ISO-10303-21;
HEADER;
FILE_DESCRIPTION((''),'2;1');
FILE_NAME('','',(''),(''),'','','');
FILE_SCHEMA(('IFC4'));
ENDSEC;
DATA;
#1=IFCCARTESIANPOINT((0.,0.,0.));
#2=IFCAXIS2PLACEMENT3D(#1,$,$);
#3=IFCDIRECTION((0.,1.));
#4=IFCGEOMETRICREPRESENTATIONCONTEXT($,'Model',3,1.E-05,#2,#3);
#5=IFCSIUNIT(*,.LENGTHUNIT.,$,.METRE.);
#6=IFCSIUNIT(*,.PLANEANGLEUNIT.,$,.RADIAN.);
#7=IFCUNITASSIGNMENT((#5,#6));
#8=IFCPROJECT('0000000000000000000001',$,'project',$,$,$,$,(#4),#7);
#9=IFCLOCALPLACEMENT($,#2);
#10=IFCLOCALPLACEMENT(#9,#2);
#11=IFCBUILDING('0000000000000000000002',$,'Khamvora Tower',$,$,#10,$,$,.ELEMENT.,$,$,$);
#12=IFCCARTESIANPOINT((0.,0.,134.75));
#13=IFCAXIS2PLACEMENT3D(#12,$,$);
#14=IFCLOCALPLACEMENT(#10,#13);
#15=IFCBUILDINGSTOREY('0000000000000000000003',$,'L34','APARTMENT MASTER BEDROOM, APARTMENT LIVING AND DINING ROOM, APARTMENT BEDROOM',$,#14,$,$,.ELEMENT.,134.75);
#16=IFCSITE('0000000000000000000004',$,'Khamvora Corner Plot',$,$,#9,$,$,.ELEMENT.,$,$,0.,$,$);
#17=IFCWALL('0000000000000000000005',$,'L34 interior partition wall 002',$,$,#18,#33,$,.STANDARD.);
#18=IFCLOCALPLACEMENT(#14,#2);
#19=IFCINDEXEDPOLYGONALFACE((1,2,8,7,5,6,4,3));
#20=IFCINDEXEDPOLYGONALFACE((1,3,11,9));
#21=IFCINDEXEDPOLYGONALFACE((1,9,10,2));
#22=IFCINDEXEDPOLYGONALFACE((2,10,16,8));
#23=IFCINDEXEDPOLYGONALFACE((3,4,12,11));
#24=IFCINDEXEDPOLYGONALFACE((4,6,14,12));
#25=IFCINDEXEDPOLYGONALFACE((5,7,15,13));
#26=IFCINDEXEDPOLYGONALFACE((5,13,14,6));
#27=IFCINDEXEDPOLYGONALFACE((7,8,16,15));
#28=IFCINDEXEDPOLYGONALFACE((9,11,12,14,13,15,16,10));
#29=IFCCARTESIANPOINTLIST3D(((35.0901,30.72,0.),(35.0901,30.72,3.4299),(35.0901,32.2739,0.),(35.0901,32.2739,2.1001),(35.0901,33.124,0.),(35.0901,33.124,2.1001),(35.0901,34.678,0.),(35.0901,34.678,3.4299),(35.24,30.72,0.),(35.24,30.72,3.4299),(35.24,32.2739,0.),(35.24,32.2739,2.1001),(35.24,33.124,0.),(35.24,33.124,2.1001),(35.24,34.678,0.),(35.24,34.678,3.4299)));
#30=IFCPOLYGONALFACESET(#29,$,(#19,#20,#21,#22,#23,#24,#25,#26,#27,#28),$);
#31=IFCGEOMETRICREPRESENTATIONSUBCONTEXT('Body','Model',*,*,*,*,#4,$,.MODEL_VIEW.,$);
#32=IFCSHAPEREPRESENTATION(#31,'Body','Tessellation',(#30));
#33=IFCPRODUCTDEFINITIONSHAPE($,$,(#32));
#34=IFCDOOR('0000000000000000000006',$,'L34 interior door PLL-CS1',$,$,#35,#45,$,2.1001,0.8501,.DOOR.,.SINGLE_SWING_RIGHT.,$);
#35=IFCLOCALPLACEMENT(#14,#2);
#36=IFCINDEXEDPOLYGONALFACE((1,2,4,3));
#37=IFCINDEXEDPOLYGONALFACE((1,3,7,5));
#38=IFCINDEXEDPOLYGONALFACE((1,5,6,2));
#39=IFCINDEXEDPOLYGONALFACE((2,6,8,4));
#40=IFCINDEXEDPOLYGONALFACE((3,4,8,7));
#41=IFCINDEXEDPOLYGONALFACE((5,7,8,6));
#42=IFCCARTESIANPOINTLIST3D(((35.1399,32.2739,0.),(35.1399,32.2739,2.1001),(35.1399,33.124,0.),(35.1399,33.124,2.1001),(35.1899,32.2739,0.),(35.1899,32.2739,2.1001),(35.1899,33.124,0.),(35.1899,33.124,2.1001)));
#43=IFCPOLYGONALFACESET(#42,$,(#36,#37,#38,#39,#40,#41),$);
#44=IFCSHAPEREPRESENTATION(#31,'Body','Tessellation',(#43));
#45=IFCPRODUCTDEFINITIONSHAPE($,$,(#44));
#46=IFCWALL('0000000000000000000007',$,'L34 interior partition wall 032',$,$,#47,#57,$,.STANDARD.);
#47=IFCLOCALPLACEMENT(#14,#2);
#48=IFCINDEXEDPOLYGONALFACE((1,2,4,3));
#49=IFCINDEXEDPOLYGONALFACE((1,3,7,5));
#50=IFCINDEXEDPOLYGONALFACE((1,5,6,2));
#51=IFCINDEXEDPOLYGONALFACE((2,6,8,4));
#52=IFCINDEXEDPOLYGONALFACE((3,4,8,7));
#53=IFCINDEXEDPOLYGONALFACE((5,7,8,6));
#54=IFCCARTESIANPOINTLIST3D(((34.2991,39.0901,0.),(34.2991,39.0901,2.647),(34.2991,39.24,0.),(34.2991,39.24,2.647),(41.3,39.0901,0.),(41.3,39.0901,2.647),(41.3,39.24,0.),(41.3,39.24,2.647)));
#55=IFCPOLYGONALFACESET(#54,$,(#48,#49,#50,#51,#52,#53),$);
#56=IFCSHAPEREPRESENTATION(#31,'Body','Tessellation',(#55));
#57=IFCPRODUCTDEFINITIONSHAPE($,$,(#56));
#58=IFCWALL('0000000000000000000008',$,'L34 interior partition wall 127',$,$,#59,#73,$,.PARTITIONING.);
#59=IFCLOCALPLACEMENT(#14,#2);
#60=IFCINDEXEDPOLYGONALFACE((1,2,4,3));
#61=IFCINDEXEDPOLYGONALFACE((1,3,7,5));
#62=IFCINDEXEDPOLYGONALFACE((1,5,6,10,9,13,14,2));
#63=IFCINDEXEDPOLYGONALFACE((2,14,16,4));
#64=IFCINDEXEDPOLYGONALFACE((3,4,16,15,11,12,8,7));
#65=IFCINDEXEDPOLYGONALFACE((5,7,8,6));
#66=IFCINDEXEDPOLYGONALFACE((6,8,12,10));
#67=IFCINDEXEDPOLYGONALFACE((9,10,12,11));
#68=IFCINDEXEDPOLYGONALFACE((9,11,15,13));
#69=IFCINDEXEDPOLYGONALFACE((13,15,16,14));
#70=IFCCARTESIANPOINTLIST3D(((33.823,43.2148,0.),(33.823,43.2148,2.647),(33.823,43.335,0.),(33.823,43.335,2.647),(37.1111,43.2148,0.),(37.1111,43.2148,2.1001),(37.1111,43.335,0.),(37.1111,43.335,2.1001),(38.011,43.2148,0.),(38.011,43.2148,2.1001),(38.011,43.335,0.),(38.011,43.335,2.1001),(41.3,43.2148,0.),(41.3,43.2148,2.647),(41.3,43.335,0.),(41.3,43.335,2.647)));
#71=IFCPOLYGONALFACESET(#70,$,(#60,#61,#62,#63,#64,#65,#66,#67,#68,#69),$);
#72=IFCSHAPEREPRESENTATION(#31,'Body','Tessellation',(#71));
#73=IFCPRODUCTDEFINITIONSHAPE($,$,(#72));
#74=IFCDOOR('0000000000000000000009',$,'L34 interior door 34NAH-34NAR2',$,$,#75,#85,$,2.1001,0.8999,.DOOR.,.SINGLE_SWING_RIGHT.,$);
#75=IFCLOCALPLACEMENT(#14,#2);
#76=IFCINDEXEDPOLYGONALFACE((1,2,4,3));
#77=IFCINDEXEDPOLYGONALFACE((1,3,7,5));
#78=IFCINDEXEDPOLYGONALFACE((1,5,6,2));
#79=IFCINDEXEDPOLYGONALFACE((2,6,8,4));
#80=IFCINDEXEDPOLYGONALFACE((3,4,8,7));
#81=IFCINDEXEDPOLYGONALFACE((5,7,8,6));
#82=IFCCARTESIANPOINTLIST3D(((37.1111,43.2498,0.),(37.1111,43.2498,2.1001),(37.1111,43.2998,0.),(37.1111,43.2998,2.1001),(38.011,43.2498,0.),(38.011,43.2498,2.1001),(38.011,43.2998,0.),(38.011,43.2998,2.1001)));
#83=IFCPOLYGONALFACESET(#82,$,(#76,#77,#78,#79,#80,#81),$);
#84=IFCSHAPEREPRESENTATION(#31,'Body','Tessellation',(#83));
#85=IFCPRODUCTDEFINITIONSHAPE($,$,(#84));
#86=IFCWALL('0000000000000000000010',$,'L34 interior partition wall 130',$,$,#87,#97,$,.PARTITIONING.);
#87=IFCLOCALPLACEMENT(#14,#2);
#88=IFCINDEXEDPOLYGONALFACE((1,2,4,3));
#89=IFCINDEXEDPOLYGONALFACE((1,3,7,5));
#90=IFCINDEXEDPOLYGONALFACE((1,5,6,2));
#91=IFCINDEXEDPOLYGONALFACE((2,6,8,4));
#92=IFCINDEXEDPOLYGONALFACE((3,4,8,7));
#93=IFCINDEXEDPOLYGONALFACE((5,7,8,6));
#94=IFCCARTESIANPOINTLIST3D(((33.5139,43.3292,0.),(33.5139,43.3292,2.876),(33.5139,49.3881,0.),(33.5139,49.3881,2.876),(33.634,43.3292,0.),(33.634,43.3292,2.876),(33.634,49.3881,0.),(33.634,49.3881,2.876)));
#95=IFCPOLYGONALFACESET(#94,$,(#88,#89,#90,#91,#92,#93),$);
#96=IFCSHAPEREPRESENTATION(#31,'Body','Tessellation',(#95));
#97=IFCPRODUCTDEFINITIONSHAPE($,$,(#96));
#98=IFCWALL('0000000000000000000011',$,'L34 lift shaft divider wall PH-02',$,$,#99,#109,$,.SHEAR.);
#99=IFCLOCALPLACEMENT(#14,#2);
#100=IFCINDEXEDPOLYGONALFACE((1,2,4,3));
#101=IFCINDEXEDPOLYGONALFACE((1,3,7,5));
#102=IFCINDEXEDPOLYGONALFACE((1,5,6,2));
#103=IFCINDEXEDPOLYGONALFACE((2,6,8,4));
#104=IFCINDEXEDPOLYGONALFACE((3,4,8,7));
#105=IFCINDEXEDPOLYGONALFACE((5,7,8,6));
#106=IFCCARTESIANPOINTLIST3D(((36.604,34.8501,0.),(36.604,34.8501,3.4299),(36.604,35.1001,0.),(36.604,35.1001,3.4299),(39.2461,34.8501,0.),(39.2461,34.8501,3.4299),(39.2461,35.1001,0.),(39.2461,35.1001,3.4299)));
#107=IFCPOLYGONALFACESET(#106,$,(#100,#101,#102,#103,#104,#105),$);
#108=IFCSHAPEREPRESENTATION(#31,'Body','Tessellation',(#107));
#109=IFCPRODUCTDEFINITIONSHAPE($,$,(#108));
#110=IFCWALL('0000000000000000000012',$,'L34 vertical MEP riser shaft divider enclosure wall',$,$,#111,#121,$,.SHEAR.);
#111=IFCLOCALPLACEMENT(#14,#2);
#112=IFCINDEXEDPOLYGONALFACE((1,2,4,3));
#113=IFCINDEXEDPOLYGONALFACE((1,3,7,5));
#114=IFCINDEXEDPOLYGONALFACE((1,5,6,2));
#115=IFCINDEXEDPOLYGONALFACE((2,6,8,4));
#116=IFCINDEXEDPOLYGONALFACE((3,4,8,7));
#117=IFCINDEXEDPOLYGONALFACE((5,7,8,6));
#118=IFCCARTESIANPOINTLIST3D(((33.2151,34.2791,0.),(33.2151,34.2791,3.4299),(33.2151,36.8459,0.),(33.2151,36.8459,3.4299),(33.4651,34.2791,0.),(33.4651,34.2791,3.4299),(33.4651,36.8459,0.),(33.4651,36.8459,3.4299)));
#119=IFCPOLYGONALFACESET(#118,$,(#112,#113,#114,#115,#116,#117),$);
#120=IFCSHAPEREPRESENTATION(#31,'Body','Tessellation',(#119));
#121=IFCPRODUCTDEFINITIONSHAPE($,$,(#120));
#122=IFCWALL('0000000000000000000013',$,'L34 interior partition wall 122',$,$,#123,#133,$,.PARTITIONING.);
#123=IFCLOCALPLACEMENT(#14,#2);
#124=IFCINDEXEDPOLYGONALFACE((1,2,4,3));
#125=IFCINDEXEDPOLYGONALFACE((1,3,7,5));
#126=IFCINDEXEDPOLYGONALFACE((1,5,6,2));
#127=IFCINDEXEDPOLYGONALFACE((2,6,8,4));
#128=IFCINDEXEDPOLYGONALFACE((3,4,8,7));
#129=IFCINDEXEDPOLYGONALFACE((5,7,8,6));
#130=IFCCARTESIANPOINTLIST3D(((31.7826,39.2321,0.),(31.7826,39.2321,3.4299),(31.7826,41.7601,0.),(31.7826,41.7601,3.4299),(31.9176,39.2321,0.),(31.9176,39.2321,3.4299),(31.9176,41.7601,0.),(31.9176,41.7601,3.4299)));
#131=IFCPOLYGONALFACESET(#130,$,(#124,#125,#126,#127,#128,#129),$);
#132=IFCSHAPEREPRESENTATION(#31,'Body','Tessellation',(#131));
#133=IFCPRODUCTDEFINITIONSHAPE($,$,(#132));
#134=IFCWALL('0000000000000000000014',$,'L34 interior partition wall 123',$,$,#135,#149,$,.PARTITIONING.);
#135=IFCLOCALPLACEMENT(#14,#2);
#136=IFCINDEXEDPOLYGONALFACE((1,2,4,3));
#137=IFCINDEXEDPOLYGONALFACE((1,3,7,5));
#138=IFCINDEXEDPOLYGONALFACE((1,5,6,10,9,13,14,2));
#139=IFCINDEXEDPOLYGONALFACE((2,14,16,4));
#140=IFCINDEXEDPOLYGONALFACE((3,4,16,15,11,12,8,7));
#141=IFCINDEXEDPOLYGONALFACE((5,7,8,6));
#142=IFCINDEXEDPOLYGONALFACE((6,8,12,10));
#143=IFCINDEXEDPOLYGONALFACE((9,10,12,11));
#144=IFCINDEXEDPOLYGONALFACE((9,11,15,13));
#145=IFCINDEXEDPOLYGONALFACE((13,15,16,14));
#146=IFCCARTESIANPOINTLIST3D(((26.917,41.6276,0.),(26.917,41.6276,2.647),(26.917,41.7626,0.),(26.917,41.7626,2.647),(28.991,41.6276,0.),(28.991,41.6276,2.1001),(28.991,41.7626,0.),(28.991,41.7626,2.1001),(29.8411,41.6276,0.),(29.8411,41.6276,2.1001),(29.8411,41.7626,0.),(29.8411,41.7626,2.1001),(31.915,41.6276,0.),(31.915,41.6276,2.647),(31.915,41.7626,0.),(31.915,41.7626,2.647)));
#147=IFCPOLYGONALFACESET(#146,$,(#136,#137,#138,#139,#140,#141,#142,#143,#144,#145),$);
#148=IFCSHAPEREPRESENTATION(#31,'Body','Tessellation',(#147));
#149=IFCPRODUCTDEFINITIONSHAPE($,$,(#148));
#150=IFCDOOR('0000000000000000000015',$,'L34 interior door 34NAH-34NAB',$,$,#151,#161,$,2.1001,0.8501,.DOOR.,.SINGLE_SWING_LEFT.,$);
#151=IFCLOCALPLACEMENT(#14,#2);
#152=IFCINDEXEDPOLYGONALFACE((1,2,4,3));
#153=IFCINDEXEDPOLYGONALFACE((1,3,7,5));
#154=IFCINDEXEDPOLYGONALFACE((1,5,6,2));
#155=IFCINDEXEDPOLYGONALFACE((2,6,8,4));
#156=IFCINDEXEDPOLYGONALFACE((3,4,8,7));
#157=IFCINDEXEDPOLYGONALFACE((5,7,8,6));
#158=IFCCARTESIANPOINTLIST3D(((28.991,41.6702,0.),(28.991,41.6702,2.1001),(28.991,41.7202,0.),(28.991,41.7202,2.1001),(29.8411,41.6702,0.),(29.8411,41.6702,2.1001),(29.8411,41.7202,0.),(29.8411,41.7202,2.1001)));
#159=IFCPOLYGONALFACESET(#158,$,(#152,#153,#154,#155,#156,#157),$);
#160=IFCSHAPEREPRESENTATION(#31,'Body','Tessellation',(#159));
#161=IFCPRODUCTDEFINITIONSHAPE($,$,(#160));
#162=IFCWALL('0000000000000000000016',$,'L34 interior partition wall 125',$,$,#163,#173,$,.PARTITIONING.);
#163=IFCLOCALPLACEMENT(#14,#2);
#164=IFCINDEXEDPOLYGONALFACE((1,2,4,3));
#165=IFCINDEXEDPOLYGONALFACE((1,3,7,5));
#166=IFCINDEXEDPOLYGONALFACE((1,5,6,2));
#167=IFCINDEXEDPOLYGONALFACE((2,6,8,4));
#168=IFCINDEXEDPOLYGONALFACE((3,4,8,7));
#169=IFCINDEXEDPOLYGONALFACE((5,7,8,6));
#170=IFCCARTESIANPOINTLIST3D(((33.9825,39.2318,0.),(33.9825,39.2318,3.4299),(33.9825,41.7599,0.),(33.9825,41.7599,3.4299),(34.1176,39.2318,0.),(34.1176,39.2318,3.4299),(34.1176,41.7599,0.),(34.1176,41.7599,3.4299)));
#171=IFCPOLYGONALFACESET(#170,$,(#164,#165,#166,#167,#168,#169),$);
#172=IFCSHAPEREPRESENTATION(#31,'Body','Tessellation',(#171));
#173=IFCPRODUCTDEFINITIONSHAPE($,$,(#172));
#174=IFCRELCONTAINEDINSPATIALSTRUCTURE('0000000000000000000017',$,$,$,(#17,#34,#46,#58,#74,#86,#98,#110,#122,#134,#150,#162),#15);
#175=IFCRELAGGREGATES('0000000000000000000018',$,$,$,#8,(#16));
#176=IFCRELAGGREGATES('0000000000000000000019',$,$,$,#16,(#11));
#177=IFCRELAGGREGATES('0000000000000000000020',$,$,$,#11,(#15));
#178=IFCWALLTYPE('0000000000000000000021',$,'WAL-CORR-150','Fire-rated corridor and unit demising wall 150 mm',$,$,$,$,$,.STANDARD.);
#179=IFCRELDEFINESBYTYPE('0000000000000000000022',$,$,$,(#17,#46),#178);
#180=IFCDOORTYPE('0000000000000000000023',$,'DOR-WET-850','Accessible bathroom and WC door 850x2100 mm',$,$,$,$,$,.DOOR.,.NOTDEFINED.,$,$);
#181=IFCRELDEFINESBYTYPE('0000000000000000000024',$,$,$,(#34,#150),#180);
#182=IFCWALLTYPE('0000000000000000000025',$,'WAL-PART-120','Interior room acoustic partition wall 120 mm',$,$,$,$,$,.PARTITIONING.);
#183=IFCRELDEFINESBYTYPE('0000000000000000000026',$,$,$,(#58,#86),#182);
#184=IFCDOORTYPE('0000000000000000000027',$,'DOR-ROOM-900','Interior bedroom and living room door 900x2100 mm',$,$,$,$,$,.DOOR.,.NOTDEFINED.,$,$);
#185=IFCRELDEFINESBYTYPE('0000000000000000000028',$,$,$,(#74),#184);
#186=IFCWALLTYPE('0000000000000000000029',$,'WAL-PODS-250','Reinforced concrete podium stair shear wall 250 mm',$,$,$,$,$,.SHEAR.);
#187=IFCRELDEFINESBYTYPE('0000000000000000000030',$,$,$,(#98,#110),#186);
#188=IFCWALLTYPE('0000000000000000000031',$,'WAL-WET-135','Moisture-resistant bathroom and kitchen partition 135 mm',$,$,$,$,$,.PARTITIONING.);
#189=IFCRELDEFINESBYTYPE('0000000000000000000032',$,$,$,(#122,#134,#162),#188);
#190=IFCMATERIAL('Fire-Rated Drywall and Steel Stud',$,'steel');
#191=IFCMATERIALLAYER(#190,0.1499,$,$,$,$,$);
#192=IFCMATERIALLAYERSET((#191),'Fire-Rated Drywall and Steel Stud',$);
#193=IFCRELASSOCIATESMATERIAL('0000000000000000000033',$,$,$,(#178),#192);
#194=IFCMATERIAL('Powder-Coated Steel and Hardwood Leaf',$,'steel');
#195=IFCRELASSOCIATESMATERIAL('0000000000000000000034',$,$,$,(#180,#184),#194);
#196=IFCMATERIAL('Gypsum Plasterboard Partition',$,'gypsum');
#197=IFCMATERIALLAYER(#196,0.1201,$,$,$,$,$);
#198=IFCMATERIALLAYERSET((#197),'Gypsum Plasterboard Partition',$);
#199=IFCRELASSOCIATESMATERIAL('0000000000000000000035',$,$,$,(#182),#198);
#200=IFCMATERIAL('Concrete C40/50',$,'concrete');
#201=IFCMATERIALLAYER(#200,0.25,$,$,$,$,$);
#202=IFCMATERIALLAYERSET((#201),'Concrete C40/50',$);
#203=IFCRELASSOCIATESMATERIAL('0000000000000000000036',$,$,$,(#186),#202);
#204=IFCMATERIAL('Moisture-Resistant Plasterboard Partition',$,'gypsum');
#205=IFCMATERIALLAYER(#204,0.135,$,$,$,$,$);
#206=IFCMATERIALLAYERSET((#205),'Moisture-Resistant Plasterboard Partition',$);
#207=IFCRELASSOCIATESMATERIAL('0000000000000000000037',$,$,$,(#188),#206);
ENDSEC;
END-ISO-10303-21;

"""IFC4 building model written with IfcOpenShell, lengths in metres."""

from ifc_helpers import new_model, si_unit, direction, frame, frame_2d, origin, place, context, subcontext, project, spatial, rectangle, extrude, material, layer, layer_set, type_object, element, fill, save


model = new_model("IFC4")

# Units and contexts
model_context = context("Model", 3, precision=1e-05, world=origin(), true_north=direction((0.0, 1.0)))
body_context = subcontext(model_context, "Body", "Model", "MODEL_VIEW")
ifc_project = project(units=[si_unit("LENGTHUNIT", "METRE"), si_unit("PLANEANGLEUNIT", "RADIAN")], contexts=[model_context])

# Site, building, storey
site_placement = place(None, origin())
site = spatial("IfcSite", under=ifc_project, at=site_placement, Name="Khamvora Corner Plot", CompositionType="ELEMENT", RefElevation=0.0)
building_placement = place(site_placement, origin())
building = spatial("IfcBuilding", under=site, at=building_placement, Name="Khamvora Tower", CompositionType="ELEMENT")
storey_placement = place(building_placement, frame((0.0, 0.0, 134.75)))
storey = spatial("IfcBuildingStorey", under=building, at=storey_placement, Name="L34", Description="APARTMENT MASTER BEDROOM, APARTMENT LIVING AND DINING ROOM, APARTMENT BEDROOM", CompositionType="ELEMENT", Elevation=134.75)

# Shared definitions
ifc_material_1 = material(Name="Fire-Rated Drywall and Steel Stud", Category="steel")
ifc_layer_1 = layer(ifc_material_1, 0.1499)
ifc_layer_set_1 = layer_set([ifc_layer_1], Name="Fire-Rated Drywall and Steel Stud")
wall_type_1 = type_object("IfcWallType", Name="WAL-CORR-150", Description="Fire-rated corridor and unit demising wall 150 mm", PredefinedType="STANDARD", material=ifc_layer_set_1)

# Wall, opening, door
wall_1_placement = place(storey_placement, frame((35.165, 34.678, 0.0), z_axis=(0.0, 0.0, 1.0), x_axis=(0.0, -1.0, 0.0)))
wall_1 = element("IfcWall", 1, at=wall_1_placement, inside=storey, type_object=wall_type_1, Name="L34 interior partition wall 002", PredefinedType="STANDARD", context=body_context, shape_type="SweptSolid", body=[
    extrude(rectangle(XDim=3.958, YDim=0.1499, at=frame_2d((1.979, 0.0))), origin(), (0.0, 0.0, 1.0), 3.4299),
])
opening_1_placement = place(wall_1_placement, frame((1.554, 0.0, 0.0)))
opening_1 = element("IfcOpeningElement", 2, at=opening_1_placement, cuts=wall_1, PredefinedType="OPENING", context=body_context, shape_type="SweptSolid", body=[
    extrude(rectangle(XDim=0.8501, YDim=2.1001, at=frame_2d((0.425, 1.05))), frame((0.0, 0.085, 0.0), z_axis=(0.0, -1.0, 0.0), x_axis=(1.0, 0.0, 0.0)), (0.0, 0.0, 1.0), 0.1699),
])
ifc_material_2 = material(Name="Powder-Coated Steel and Hardwood Leaf", Category="steel")
door_type_1 = type_object("IfcDoorType", Name="DOR-WET-850", Description="Accessible bathroom and WC door 850x2100 mm", OperationType="NOTDEFINED", PredefinedType="DOOR", material=ifc_material_2)
door_1_placement = place(opening_1_placement, origin())
door_1 = element("IfcDoor", 3, at=door_1_placement, inside=storey, type_object=door_type_1, Name="L34 interior door PLL-CS1", OperationType="SINGLE_SWING_RIGHT", OverallHeight=2.1001, OverallWidth=0.8501, PredefinedType="DOOR", context=body_context, shape_type="SweptSolid", body=[
    extrude(rectangle(XDim=0.8501, YDim=2.1001, at=frame_2d((0.425, 1.05))), frame((0.0, 0.0249, 0.0), z_axis=(0.0, -1.0, 0.0), x_axis=(1.0, 0.0, 0.0)), (0.0, 0.0, 1.0), 0.05),
])
fill(opening_1, door_1)

# Wall
wall_2_placement = place(storey_placement, frame((34.2991, 39.165, 0.0), z_axis=(0.0, 0.0, 1.0), x_axis=(1.0, 0.0, 0.0)))
element("IfcWall", 4, at=wall_2_placement, inside=storey, type_object=wall_type_1, Name="L34 interior partition wall 032", PredefinedType="STANDARD", context=body_context, shape_type="SweptSolid", body=[
    extrude(rectangle(XDim=7.001, YDim=0.1499, at=frame_2d((3.5005, 0.0))), origin(), (0.0, 0.0, 1.0), 2.647),
])

# Wall, opening, door
ifc_material_3 = material(Name="Gypsum Plasterboard Partition", Category="gypsum")
ifc_layer_2 = layer(ifc_material_3, 0.1201)
ifc_layer_set_2 = layer_set([ifc_layer_2], Name="Gypsum Plasterboard Partition")
wall_type_2 = type_object("IfcWallType", Name="WAL-PART-120", Description="Interior room acoustic partition wall 120 mm", PredefinedType="PARTITIONING", material=ifc_layer_set_2)
wall_3_placement = place(storey_placement, frame((33.823, 43.2749, 0.0), z_axis=(0.0, 0.0, 1.0), x_axis=(1.0, 0.0, 0.0)))
wall_3 = element("IfcWall", 5, at=wall_3_placement, inside=storey, type_object=wall_type_2, Name="L34 interior partition wall 127", PredefinedType="PARTITIONING", context=body_context, shape_type="SweptSolid", body=[
    extrude(rectangle(XDim=7.4771, YDim=0.1201, at=frame_2d((3.7385, 0.0))), origin(), (0.0, 0.0, 1.0), 2.647),
])
opening_2_placement = place(wall_3_placement, frame((3.2881, 0.0, 0.0)))
opening_2 = element("IfcOpeningElement", 6, at=opening_2_placement, cuts=wall_3, PredefinedType="OPENING", context=body_context, shape_type="SweptSolid", body=[
    extrude(rectangle(XDim=0.8999, YDim=2.1001, at=frame_2d((0.45, 1.05))), frame((0.0, 0.0701, 0.0), z_axis=(0.0, -1.0, 0.0), x_axis=(1.0, 0.0, 0.0)), (0.0, 0.0, 1.0), 0.1401),
])
door_type_2 = type_object("IfcDoorType", Name="DOR-ROOM-900", Description="Interior bedroom and living room door 900x2100 mm", OperationType="NOTDEFINED", PredefinedType="DOOR", material=ifc_material_2)
door_2_placement = place(opening_2_placement, origin())
door_2 = element("IfcDoor", 7, at=door_2_placement, inside=storey, type_object=door_type_2, Name="L34 interior door 34NAH-34NAR2", OperationType="SINGLE_SWING_RIGHT", OverallHeight=2.1001, OverallWidth=0.8999, PredefinedType="DOOR", context=body_context, shape_type="SweptSolid", body=[
    extrude(rectangle(XDim=0.8999, YDim=2.1001, at=frame_2d((0.45, 1.05))), frame((0.0, 0.0249, 0.0), z_axis=(0.0, -1.0, 0.0), x_axis=(1.0, 0.0, 0.0)), (0.0, 0.0, 1.0), 0.05),
])
fill(opening_2, door_2)

# Walls
wall_4_placement = place(storey_placement, frame((33.574, 49.3879, 0.0), z_axis=(0.0, 0.0, 1.0), x_axis=(0.0, -1.0, 0.0)))
element("IfcWall", 8, at=wall_4_placement, inside=storey, type_object=wall_type_2, Name="L34 interior partition wall 130", PredefinedType="PARTITIONING", context=body_context, shape_type="SweptSolid", body=[
    extrude(rectangle(XDim=6.0588, YDim=0.1201, at=frame_2d((3.0293, 0.0))), origin(), (0.0, 0.0, 1.0), 2.876),
])
ifc_material_4 = material(Name="Concrete C40/50", Category="concrete")
ifc_layer_3 = layer(ifc_material_4, 0.25)
ifc_layer_set_3 = layer_set([ifc_layer_3], Name="Concrete C40/50")
wall_type_3 = type_object("IfcWallType", Name="WAL-PODS-250", Description="Reinforced concrete podium stair shear wall 250 mm", PredefinedType="SHEAR", material=ifc_layer_set_3)
wall_5_placement = place(storey_placement, frame((36.604, 34.9751, 0.0), z_axis=(0.0, 0.0, 1.0), x_axis=(1.0, 0.0, 0.0)))
element("IfcWall", 9, at=wall_5_placement, inside=storey, type_object=wall_type_3, Name="L34 lift shaft divider wall PH-02", PredefinedType="SHEAR", context=body_context, shape_type="SweptSolid", body=[
    extrude(rectangle(XDim=2.6421, YDim=0.25, at=frame_2d((1.321, 0.0))), origin(), (0.0, 0.0, 1.0), 3.4299),
])
wall_6_placement = place(storey_placement, frame((33.3401, 34.2791, 0.0), z_axis=(0.0, 0.0, 1.0), x_axis=(0.0, 1.0, 0.0)))
element("IfcWall", 10, at=wall_6_placement, inside=storey, type_object=wall_type_3, Name="L34 vertical MEP riser shaft divider enclosure wall", PredefinedType="SHEAR", context=body_context, shape_type="SweptSolid", body=[
    extrude(rectangle(XDim=2.5669, YDim=0.25, at=frame_2d((1.2834, 0.0))), origin(), (0.0, 0.0, 1.0), 3.4299),
])
ifc_material_5 = material(Name="Moisture-Resistant Plasterboard Partition", Category="gypsum")
ifc_layer_4 = layer(ifc_material_5, 0.135)
ifc_layer_set_4 = layer_set([ifc_layer_4], Name="Moisture-Resistant Plasterboard Partition")
wall_type_4 = type_object("IfcWallType", Name="WAL-WET-135", Description="Moisture-resistant bathroom and kitchen partition 135 mm", PredefinedType="PARTITIONING", material=ifc_layer_set_4)
wall_7_placement = place(storey_placement, frame((31.8501, 39.2319, 0.0), z_axis=(0.0, 0.0, 1.0), x_axis=(0.0, 1.0, 0.0)))
element("IfcWall", 11, at=wall_7_placement, inside=storey, type_object=wall_type_4, Name="L34 interior partition wall 122", PredefinedType="PARTITIONING", context=body_context, shape_type="SweptSolid", body=[
    extrude(rectangle(XDim=2.5281, YDim=0.135, at=frame_2d((1.2642, 0.0))), origin(), (0.0, 0.0, 1.0), 3.4299),
])

# Wall, opening, door
wall_8_placement = place(storey_placement, frame((31.915, 41.6951, 0.0), z_axis=(0.0, 0.0, 1.0), x_axis=(-1.0, 0.0, 0.0)))
wall_8 = element("IfcWall", 12, at=wall_8_placement, inside=storey, type_object=wall_type_4, Name="L34 interior partition wall 123", PredefinedType="PARTITIONING", context=body_context, shape_type="SweptSolid", body=[
    extrude(rectangle(XDim=4.998, YDim=0.135, at=frame_2d((2.499, 0.0))), origin(), (0.0, 0.0, 1.0), 2.647),
])
opening_3_placement = place(wall_8_placement, frame((2.074, 0.0, 0.0)))
opening_3 = element("IfcOpeningElement", 13, at=opening_3_placement, cuts=wall_8, PredefinedType="OPENING", context=body_context, shape_type="SweptSolid", body=[
    extrude(rectangle(XDim=0.8501, YDim=2.1001, at=frame_2d((0.425, 1.05))), frame((0.0, 0.0774, 0.0), z_axis=(0.0, -1.0, 0.0), x_axis=(1.0, 0.0, 0.0)), (0.0, 0.0, 1.0), 0.155),
])
door_3_placement = place(opening_3_placement, origin())
door_3 = element("IfcDoor", 14, at=door_3_placement, inside=storey, type_object=door_type_1, Name="L34 interior door 34NAH-34NAB", OperationType="SINGLE_SWING_LEFT", OverallHeight=2.1001, OverallWidth=0.8501, PredefinedType="DOOR", context=body_context, shape_type="SweptSolid", body=[
    extrude(rectangle(XDim=0.8501, YDim=2.1001, at=frame_2d((0.425, 1.05))), frame((0.0, 0.0249, 0.0), z_axis=(0.0, -1.0, 0.0), x_axis=(1.0, 0.0, 0.0)), (0.0, 0.0, 1.0), 0.05),
])
fill(opening_3, door_3)

# Wall
wall_9_placement = place(storey_placement, frame((34.05, 41.76, 0.0), z_axis=(0.0, 0.0, 1.0), x_axis=(0.0, -1.0, 0.0)))
element("IfcWall", 15, at=wall_9_placement, inside=storey, type_object=wall_type_4, Name="L34 interior partition wall 125", PredefinedType="PARTITIONING", context=body_context, shape_type="SweptSolid", body=[
    extrude(rectangle(XDim=2.5281, YDim=0.135, at=frame_2d((1.2642, 0.0))), origin(), (0.0, 0.0, 1.0), 3.4299),
])

save(model, "model.ifc")
